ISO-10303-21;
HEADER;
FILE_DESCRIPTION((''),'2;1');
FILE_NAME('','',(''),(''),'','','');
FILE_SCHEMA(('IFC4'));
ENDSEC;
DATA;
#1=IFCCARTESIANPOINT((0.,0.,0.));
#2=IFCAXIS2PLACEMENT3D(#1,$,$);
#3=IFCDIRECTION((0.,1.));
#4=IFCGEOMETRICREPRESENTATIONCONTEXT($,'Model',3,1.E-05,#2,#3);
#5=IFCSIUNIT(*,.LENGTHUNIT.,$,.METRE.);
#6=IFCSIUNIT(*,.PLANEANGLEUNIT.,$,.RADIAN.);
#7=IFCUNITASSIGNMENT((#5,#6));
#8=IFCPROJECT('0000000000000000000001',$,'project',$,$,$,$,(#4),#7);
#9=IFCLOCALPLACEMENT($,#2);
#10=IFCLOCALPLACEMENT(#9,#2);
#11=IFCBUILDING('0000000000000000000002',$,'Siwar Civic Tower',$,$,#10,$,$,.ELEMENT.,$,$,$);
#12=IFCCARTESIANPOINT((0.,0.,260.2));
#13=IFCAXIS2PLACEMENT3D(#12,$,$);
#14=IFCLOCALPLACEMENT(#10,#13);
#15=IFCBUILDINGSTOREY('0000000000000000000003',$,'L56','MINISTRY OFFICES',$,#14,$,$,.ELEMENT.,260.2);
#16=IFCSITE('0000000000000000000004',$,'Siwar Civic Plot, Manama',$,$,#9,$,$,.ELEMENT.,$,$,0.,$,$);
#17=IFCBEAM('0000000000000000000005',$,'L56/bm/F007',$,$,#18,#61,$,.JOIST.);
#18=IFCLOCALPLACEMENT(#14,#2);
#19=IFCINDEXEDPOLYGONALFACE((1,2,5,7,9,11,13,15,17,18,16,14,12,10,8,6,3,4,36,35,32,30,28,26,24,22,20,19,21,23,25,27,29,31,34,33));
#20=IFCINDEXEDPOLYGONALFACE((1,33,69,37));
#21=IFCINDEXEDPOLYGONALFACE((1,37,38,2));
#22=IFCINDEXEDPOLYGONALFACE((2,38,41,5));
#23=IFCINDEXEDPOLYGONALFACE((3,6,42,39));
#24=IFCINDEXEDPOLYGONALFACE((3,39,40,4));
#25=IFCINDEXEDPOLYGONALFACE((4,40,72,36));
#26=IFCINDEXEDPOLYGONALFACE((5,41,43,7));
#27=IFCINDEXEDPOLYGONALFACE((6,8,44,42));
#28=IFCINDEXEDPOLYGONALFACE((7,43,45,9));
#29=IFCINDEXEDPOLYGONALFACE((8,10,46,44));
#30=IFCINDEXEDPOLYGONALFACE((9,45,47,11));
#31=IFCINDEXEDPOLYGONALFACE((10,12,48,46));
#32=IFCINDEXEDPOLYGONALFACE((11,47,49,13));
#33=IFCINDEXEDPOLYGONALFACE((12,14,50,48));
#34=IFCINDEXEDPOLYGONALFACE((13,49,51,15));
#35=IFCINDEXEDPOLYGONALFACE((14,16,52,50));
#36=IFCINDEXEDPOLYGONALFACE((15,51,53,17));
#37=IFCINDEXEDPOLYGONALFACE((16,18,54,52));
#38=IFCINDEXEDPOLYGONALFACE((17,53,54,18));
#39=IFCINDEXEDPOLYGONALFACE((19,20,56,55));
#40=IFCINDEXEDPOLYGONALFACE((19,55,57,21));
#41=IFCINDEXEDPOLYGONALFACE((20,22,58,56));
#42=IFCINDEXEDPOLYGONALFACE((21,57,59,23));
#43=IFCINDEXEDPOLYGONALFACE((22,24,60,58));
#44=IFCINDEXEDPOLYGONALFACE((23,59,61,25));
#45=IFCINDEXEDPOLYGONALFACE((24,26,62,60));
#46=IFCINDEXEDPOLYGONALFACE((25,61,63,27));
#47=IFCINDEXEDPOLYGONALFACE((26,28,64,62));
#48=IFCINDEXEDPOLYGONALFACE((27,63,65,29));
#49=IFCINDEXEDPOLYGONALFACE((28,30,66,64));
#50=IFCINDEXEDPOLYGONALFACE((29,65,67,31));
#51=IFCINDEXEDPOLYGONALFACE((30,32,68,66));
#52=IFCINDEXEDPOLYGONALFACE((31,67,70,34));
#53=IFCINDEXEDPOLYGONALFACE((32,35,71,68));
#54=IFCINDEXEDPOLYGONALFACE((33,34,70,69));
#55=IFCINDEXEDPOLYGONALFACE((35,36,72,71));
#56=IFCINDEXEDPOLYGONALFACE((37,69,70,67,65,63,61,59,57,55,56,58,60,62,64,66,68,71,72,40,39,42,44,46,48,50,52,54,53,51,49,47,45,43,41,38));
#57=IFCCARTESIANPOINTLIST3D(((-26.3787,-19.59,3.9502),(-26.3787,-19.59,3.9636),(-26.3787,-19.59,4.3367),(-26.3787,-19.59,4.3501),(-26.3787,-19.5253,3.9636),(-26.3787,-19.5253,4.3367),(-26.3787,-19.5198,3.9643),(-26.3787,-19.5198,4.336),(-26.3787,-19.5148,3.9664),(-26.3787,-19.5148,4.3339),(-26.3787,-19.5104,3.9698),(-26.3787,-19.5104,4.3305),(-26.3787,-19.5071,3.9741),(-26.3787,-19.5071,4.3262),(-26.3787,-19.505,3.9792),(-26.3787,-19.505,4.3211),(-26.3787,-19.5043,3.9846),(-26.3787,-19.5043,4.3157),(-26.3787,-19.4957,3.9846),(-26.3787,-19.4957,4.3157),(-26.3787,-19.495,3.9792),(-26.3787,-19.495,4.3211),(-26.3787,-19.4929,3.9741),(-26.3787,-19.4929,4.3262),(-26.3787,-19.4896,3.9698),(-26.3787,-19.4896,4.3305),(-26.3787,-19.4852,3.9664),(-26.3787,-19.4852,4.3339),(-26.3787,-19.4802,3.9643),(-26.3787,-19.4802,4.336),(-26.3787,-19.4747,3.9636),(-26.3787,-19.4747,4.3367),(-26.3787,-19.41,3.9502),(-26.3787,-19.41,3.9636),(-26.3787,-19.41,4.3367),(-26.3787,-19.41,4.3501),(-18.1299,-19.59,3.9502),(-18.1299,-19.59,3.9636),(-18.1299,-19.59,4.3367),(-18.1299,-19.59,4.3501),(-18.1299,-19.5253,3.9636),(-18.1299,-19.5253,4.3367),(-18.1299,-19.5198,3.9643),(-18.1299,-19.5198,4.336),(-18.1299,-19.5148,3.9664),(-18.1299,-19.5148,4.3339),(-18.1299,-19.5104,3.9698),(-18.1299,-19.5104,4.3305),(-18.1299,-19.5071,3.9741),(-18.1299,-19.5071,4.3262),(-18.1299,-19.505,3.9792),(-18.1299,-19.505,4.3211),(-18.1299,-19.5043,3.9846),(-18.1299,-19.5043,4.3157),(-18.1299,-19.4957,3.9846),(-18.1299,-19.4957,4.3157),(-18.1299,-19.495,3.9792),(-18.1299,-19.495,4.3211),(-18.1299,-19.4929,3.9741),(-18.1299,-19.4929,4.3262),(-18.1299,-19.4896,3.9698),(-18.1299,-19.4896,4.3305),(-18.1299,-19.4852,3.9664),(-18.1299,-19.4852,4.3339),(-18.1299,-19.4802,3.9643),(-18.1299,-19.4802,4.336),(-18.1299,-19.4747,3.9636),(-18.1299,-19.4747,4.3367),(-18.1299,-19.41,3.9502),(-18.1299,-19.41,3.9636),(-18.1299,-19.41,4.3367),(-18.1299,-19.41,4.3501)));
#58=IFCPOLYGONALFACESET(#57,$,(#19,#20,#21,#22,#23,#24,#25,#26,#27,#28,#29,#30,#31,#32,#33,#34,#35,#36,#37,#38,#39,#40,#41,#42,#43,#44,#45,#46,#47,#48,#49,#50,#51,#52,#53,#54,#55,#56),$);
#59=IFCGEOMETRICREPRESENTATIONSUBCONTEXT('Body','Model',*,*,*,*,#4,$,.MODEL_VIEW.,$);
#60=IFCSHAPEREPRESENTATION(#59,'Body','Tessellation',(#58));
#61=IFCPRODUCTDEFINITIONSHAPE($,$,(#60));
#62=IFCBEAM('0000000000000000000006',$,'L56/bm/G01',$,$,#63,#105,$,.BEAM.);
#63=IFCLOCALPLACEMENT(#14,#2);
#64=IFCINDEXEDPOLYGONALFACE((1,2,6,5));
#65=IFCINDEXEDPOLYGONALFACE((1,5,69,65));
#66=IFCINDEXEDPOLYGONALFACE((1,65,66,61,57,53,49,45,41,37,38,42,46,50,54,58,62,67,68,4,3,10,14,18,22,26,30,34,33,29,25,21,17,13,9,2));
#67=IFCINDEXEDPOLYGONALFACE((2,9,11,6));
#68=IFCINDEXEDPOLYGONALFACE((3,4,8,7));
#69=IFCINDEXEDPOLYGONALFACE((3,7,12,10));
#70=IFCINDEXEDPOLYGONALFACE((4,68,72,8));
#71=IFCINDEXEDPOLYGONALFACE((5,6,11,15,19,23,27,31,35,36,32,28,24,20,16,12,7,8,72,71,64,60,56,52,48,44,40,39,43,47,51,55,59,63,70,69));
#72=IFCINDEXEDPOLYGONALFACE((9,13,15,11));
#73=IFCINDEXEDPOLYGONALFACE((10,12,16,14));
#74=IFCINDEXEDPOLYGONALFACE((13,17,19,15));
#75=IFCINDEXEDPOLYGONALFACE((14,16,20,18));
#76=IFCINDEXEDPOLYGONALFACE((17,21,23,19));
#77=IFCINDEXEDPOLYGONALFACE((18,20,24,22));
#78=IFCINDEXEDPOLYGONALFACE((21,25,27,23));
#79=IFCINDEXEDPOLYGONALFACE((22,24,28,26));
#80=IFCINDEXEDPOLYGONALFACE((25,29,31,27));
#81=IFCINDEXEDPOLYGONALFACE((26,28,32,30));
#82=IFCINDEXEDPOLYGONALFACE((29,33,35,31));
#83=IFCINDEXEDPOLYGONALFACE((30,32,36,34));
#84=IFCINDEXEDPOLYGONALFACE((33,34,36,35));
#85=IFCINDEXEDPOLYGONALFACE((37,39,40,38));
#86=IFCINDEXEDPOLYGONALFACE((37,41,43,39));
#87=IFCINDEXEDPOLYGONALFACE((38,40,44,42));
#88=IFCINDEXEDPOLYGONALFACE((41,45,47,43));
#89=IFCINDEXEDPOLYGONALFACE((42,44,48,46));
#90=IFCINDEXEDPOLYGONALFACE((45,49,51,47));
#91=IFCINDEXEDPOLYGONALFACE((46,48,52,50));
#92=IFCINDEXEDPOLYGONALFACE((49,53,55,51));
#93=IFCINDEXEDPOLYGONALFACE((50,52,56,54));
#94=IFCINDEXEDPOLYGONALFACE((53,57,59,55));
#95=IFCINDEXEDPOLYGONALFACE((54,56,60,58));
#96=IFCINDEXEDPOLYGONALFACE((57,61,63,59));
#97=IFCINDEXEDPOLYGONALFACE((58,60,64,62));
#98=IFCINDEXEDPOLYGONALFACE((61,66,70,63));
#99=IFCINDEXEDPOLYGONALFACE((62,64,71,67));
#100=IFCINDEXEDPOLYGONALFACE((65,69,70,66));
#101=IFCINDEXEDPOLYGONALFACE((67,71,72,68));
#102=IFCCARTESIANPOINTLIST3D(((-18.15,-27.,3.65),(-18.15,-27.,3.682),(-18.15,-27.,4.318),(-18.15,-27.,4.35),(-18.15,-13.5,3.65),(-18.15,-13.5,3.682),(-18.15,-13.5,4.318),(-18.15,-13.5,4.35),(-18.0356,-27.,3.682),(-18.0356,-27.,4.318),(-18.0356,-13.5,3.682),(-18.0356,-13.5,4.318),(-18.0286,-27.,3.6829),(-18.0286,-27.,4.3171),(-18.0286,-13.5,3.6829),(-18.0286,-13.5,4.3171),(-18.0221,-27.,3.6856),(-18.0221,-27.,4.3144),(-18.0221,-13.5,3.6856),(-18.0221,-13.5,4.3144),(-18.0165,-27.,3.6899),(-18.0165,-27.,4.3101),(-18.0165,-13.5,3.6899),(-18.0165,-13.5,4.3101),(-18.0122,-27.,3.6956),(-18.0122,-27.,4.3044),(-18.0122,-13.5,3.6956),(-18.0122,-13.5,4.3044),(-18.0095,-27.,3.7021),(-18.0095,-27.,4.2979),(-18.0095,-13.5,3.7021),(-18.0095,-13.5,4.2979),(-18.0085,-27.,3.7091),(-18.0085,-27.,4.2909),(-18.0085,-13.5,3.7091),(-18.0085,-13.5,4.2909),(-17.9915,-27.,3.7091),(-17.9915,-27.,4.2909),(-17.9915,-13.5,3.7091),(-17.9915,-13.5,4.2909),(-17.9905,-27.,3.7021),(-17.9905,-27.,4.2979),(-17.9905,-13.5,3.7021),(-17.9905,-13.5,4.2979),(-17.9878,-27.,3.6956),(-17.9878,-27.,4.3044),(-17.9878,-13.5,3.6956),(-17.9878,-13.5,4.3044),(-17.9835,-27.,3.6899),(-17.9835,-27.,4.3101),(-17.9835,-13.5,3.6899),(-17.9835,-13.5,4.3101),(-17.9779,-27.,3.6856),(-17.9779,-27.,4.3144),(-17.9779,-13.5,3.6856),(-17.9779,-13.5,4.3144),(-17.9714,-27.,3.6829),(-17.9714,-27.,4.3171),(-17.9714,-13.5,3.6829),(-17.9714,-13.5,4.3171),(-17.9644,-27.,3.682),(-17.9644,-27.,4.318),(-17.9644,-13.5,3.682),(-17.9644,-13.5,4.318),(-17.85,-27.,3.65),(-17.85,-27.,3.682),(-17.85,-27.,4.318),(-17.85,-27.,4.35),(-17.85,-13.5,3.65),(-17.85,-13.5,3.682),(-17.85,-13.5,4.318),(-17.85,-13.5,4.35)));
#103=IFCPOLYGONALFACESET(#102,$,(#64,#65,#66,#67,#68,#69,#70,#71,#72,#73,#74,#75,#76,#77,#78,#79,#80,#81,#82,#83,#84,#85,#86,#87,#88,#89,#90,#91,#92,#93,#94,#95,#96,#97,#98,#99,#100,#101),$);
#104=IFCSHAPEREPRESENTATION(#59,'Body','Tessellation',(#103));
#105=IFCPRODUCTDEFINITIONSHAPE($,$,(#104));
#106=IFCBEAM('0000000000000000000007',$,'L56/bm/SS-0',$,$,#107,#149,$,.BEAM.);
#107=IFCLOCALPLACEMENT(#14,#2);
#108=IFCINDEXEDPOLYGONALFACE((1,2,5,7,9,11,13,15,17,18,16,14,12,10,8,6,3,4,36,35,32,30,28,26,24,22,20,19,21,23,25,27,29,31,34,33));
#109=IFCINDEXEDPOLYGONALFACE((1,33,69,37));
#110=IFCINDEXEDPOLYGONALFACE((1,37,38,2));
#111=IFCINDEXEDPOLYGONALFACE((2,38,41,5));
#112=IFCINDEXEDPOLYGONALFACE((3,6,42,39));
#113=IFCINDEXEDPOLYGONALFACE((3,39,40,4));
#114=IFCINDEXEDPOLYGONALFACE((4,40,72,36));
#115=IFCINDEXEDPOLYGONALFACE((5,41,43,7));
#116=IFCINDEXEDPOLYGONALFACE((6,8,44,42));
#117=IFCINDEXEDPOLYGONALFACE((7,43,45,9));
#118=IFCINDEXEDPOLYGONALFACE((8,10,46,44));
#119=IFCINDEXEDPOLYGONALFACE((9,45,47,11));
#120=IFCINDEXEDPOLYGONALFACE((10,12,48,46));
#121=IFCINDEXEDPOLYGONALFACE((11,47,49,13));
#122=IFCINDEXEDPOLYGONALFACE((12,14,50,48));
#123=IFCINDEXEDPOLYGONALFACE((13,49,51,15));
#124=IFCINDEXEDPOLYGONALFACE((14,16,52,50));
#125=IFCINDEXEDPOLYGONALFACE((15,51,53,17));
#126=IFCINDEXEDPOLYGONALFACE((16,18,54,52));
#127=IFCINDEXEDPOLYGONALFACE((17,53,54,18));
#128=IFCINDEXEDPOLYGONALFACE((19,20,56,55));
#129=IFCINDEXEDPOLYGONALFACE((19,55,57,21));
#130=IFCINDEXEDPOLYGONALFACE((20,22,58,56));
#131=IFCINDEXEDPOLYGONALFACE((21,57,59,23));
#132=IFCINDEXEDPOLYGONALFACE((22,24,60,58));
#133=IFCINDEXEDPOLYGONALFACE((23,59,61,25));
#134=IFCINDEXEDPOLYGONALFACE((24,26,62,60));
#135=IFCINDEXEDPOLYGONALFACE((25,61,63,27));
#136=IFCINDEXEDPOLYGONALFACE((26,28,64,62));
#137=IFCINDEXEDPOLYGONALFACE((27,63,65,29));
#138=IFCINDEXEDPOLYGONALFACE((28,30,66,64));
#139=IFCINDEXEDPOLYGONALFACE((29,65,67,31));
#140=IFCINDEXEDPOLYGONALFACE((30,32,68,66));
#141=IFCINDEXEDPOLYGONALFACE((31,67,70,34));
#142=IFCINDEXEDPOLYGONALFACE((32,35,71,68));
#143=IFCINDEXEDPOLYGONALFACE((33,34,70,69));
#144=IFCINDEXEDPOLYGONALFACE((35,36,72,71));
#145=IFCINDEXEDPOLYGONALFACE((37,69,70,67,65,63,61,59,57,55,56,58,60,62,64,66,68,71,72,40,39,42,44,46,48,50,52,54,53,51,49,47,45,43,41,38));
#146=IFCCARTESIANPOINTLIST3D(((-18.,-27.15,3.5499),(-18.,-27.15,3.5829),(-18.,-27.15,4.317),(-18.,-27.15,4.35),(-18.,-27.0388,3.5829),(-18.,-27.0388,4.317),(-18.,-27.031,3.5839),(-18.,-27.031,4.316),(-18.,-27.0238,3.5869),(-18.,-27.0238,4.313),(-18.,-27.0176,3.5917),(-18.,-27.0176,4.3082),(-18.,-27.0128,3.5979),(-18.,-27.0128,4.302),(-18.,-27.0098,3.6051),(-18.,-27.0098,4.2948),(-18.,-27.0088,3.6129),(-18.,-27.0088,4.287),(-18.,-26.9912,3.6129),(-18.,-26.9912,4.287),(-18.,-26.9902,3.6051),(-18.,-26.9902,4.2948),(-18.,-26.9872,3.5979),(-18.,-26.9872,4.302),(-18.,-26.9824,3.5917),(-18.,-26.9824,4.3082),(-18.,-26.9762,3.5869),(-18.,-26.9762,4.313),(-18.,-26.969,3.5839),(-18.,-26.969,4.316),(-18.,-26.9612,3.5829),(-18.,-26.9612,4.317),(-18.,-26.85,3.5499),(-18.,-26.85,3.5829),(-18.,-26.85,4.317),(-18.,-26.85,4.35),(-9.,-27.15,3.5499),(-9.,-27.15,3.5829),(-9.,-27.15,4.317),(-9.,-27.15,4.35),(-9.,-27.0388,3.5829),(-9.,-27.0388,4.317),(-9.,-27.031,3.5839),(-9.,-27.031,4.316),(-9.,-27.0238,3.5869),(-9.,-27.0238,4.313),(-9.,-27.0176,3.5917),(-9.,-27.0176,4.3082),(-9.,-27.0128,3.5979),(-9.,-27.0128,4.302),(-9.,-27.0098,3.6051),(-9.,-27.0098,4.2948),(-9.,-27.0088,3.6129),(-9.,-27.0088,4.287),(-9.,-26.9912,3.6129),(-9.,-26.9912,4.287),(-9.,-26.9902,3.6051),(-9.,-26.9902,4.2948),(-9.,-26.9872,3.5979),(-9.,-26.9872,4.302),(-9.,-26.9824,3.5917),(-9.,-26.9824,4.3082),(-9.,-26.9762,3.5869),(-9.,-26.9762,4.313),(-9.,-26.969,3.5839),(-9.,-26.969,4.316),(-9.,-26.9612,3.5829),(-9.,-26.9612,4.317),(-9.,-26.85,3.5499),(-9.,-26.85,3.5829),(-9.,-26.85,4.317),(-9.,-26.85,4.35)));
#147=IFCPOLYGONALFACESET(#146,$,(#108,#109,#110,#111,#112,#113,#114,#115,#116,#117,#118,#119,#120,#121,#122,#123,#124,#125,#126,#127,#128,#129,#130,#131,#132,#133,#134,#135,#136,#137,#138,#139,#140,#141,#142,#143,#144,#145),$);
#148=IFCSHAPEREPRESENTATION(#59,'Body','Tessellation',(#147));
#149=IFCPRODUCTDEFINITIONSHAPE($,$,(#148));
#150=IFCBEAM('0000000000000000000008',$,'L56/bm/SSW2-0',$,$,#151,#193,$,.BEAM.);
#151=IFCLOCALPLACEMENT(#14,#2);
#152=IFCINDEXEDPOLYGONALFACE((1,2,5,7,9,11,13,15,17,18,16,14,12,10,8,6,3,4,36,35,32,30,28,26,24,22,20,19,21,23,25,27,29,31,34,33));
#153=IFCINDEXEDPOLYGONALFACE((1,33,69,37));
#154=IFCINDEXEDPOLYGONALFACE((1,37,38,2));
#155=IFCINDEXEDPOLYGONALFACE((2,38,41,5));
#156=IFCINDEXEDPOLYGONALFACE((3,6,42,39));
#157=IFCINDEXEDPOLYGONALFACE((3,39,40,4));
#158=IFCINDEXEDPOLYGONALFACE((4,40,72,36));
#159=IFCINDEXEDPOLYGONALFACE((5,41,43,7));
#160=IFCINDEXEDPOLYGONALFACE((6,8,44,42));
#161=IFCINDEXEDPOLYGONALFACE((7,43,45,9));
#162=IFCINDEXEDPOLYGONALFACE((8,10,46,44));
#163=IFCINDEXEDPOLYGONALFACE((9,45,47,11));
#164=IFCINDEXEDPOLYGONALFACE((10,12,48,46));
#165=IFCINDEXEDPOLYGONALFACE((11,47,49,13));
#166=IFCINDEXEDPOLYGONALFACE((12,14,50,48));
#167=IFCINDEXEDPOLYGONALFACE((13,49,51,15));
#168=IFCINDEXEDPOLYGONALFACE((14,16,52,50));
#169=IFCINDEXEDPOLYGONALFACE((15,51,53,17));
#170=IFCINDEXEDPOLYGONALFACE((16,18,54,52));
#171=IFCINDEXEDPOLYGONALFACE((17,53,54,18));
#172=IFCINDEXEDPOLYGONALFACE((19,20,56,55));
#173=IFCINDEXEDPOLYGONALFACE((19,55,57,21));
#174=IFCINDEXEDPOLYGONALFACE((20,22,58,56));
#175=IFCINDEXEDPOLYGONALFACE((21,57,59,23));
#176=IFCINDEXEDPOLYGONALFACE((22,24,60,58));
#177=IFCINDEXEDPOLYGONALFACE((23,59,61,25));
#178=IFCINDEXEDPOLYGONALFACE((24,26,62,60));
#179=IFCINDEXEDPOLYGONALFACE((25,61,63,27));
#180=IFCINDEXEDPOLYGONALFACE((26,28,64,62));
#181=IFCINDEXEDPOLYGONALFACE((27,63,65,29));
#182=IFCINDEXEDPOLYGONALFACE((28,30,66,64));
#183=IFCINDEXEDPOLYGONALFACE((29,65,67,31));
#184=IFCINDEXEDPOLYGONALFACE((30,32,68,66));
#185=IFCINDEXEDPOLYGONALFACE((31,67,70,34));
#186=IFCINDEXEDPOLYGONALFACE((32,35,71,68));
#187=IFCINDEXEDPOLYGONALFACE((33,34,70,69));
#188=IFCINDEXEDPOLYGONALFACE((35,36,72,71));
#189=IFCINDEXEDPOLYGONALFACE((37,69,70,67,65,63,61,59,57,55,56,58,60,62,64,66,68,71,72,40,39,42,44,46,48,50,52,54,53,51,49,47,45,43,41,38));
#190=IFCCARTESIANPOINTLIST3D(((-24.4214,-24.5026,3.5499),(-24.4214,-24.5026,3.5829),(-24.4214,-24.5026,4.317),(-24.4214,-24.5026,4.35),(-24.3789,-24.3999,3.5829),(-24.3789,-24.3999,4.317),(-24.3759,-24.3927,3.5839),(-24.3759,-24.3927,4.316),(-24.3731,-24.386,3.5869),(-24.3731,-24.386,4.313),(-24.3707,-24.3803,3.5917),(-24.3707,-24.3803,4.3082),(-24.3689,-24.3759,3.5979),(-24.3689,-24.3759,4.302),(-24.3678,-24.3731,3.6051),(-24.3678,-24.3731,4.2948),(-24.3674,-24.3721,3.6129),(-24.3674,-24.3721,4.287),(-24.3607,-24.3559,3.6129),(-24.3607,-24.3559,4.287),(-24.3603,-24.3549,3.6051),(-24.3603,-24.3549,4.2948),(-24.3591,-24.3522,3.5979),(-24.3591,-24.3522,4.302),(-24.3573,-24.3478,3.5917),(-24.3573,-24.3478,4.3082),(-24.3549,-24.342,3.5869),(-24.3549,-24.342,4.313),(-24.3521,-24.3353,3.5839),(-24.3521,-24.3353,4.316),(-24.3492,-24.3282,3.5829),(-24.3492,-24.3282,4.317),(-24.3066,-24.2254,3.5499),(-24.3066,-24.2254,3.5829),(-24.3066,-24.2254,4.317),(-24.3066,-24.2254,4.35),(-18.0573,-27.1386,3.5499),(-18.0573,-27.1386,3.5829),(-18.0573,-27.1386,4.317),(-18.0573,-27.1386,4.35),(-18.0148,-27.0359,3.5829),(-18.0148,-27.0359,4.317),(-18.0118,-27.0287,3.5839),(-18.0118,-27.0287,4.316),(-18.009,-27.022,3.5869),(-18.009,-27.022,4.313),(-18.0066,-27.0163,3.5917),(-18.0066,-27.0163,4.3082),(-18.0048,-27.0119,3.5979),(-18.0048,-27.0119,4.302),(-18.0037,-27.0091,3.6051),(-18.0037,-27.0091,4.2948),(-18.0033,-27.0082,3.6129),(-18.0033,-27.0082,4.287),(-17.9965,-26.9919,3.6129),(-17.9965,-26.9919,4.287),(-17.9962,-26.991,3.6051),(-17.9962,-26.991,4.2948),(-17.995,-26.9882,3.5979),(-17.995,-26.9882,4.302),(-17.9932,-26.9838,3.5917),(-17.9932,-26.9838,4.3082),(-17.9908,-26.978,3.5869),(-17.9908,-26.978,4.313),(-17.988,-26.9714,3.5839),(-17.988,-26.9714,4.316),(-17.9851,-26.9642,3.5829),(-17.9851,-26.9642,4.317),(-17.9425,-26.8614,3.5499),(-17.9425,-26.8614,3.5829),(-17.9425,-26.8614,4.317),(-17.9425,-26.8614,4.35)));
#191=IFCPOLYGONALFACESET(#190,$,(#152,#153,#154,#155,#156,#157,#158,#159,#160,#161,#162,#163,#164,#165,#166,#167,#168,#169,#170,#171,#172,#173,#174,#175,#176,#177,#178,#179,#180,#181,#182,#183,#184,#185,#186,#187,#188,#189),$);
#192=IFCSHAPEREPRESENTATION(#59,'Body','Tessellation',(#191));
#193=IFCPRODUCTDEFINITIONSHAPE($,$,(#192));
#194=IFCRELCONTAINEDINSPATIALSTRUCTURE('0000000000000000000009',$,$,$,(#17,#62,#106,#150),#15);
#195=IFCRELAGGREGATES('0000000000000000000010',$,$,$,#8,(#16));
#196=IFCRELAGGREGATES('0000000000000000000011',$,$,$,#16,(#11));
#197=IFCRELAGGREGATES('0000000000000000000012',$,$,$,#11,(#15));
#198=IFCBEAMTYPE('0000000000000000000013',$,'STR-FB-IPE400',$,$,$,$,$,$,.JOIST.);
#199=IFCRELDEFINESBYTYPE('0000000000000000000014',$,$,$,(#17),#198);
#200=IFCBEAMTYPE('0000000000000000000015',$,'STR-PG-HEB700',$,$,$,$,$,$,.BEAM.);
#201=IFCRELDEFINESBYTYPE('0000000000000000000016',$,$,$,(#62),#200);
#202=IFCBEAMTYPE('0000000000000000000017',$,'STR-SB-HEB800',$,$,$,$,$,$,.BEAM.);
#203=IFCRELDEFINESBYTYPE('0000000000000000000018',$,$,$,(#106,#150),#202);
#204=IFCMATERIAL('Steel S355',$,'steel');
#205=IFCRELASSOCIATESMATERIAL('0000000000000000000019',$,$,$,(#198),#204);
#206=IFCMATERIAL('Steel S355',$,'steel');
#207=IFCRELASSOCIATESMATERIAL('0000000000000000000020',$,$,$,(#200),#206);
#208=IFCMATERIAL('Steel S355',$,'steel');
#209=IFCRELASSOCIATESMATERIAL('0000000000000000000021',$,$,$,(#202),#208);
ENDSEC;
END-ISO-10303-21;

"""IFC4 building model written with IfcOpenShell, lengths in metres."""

from ifc_helpers import new_model, si_unit, direction, frame, origin, origin_2d, place, context, subcontext, project, spatial, i_section, extrude, material, material_profile, profile_set, type_object, element, save


model = new_model("IFC4")

# Units and contexts
model_context = context("Model", 3, precision=1e-05, world=origin(), true_north=direction((0.0, 1.0)))
body_context = subcontext(model_context, "Body", "Model", "MODEL_VIEW")
ifc_project = project(units=[si_unit("LENGTHUNIT", "METRE"), si_unit("PLANEANGLEUNIT", "RADIAN")], contexts=[model_context])

# Site, building, storey
site_placement = place(None, origin())
site = spatial("IfcSite", under=ifc_project, at=site_placement, Name="Siwar Civic Plot, Manama", CompositionType="ELEMENT", RefElevation=0.0)
building_placement = place(site_placement, origin())
building = spatial("IfcBuilding", under=site, at=building_placement, Name="Siwar Civic Tower", CompositionType="ELEMENT")
storey_placement = place(building_placement, frame((0.0, 0.0, 260.2)))
storey = spatial("IfcBuildingStorey", under=building, at=storey_placement, Name="L56", Description="MINISTRY OFFICES", CompositionType="ELEMENT", Elevation=260.2)

# Beams
ifc_material_1 = material(Name="Steel S355", Category="steel")
ifc_material_profile_1 = material_profile(ifc_material_1, i_section(OverallWidth=0.1799, OverallDepth=0.3999, WebThickness=0.0085, FlangeThickness=0.0134, FilletRadius=0.021, at=origin_2d()), Name="IPE400")
ifc_profile_set_1 = profile_set([ifc_material_profile_1], Name="Steel S355")
beam_type_1 = type_object("IfcBeamType", Name="STR-FB-IPE400", PredefinedType="JOIST", material=ifc_profile_set_1)
beam_1_placement = place(storey_placement, frame((-26.3787, -19.5, 4.1501), z_axis=(1.0, 0.0, 0.0), x_axis=(0.0, 1.0, 0.0)))
element("IfcBeam", 1, at=beam_1_placement, inside=storey, type_object=beam_type_1, Name="L56/bm/F007", PredefinedType="JOIST", context=body_context, shape_type="SweptSolid", body=[
    extrude(i_section(OverallWidth=0.1799, OverallDepth=0.3999, WebThickness=0.0085, FlangeThickness=0.0134, FilletRadius=0.021, at=origin_2d()), origin(), (0.0, 0.0, 1.0), 8.2488),
])
ifc_material_2 = material(Name="Steel S355", Category="steel")
ifc_material_profile_2 = material_profile(ifc_material_2, i_section(OverallWidth=0.3, OverallDepth=0.7, WebThickness=0.0171, FlangeThickness=0.032, FilletRadius=0.0271, at=origin_2d()), Name="HEB700")
ifc_profile_set_2 = profile_set([ifc_material_profile_2], Name="Steel S355")
beam_type_2 = type_object("IfcBeamType", Name="STR-PG-HEB700", PredefinedType="BEAM", material=ifc_profile_set_2)
beam_2_placement = place(storey_placement, frame((-18.0, -27.0, 4.0), z_axis=(0.0, 1.0, 0.0), x_axis=(-1.0, 0.0, 0.0)))
element("IfcBeam", 2, at=beam_2_placement, inside=storey, type_object=beam_type_2, Name="L56/bm/G01", PredefinedType="BEAM", context=body_context, shape_type="SweptSolid", body=[
    extrude(i_section(OverallWidth=0.3, OverallDepth=0.7, WebThickness=0.0171, FlangeThickness=0.032, FilletRadius=0.0271, at=origin_2d()), origin(), (0.0, 0.0, 1.0), 13.5),
])
ifc_material_3 = material(Name="Steel S355", Category="steel")
ifc_material_profile_3 = material_profile(ifc_material_3, i_section(OverallWidth=0.3, OverallDepth=0.8, WebThickness=0.0176, FlangeThickness=0.033, FilletRadius=0.03, at=origin_2d()), Name="HEB800")
ifc_profile_set_3 = profile_set([ifc_material_profile_3], Name="Steel S355")
beam_type_3 = type_object("IfcBeamType", Name="STR-SB-HEB800", PredefinedType="BEAM", material=ifc_profile_set_3)
beam_3_placement = place(storey_placement, frame((-18.0, -27.0, 3.95), z_axis=(1.0, 0.0, 0.0), x_axis=(0.0, 1.0, 0.0)))
element("IfcBeam", 3, at=beam_3_placement, inside=storey, type_object=beam_type_3, Name="L56/bm/SS-0", PredefinedType="BEAM", context=body_context, shape_type="SweptSolid", body=[
    extrude(i_section(OverallWidth=0.3, OverallDepth=0.8, WebThickness=0.0176, FlangeThickness=0.033, FilletRadius=0.03, at=origin_2d()), origin(), (0.0, 0.0, 1.0), 9.0),
])
beam_4_placement = place(storey_placement, frame((-24.364, -24.364, 3.95), z_axis=(0.923883, -0.382674, 0.0), x_axis=(0.382674, 0.923883, 0.0)))
element("IfcBeam", 4, at=beam_4_placement, inside=storey, type_object=beam_type_3, Name="L56/bm/SSW2-0", PredefinedType="BEAM", context=body_context, shape_type="SweptSolid", body=[
    extrude(i_section(OverallWidth=0.3, OverallDepth=0.8, WebThickness=0.0176, FlangeThickness=0.033, FilletRadius=0.03, at=origin_2d()), origin(), (0.0, 0.0, 1.0), 6.8884),
])

save(model, "model.ifc")
